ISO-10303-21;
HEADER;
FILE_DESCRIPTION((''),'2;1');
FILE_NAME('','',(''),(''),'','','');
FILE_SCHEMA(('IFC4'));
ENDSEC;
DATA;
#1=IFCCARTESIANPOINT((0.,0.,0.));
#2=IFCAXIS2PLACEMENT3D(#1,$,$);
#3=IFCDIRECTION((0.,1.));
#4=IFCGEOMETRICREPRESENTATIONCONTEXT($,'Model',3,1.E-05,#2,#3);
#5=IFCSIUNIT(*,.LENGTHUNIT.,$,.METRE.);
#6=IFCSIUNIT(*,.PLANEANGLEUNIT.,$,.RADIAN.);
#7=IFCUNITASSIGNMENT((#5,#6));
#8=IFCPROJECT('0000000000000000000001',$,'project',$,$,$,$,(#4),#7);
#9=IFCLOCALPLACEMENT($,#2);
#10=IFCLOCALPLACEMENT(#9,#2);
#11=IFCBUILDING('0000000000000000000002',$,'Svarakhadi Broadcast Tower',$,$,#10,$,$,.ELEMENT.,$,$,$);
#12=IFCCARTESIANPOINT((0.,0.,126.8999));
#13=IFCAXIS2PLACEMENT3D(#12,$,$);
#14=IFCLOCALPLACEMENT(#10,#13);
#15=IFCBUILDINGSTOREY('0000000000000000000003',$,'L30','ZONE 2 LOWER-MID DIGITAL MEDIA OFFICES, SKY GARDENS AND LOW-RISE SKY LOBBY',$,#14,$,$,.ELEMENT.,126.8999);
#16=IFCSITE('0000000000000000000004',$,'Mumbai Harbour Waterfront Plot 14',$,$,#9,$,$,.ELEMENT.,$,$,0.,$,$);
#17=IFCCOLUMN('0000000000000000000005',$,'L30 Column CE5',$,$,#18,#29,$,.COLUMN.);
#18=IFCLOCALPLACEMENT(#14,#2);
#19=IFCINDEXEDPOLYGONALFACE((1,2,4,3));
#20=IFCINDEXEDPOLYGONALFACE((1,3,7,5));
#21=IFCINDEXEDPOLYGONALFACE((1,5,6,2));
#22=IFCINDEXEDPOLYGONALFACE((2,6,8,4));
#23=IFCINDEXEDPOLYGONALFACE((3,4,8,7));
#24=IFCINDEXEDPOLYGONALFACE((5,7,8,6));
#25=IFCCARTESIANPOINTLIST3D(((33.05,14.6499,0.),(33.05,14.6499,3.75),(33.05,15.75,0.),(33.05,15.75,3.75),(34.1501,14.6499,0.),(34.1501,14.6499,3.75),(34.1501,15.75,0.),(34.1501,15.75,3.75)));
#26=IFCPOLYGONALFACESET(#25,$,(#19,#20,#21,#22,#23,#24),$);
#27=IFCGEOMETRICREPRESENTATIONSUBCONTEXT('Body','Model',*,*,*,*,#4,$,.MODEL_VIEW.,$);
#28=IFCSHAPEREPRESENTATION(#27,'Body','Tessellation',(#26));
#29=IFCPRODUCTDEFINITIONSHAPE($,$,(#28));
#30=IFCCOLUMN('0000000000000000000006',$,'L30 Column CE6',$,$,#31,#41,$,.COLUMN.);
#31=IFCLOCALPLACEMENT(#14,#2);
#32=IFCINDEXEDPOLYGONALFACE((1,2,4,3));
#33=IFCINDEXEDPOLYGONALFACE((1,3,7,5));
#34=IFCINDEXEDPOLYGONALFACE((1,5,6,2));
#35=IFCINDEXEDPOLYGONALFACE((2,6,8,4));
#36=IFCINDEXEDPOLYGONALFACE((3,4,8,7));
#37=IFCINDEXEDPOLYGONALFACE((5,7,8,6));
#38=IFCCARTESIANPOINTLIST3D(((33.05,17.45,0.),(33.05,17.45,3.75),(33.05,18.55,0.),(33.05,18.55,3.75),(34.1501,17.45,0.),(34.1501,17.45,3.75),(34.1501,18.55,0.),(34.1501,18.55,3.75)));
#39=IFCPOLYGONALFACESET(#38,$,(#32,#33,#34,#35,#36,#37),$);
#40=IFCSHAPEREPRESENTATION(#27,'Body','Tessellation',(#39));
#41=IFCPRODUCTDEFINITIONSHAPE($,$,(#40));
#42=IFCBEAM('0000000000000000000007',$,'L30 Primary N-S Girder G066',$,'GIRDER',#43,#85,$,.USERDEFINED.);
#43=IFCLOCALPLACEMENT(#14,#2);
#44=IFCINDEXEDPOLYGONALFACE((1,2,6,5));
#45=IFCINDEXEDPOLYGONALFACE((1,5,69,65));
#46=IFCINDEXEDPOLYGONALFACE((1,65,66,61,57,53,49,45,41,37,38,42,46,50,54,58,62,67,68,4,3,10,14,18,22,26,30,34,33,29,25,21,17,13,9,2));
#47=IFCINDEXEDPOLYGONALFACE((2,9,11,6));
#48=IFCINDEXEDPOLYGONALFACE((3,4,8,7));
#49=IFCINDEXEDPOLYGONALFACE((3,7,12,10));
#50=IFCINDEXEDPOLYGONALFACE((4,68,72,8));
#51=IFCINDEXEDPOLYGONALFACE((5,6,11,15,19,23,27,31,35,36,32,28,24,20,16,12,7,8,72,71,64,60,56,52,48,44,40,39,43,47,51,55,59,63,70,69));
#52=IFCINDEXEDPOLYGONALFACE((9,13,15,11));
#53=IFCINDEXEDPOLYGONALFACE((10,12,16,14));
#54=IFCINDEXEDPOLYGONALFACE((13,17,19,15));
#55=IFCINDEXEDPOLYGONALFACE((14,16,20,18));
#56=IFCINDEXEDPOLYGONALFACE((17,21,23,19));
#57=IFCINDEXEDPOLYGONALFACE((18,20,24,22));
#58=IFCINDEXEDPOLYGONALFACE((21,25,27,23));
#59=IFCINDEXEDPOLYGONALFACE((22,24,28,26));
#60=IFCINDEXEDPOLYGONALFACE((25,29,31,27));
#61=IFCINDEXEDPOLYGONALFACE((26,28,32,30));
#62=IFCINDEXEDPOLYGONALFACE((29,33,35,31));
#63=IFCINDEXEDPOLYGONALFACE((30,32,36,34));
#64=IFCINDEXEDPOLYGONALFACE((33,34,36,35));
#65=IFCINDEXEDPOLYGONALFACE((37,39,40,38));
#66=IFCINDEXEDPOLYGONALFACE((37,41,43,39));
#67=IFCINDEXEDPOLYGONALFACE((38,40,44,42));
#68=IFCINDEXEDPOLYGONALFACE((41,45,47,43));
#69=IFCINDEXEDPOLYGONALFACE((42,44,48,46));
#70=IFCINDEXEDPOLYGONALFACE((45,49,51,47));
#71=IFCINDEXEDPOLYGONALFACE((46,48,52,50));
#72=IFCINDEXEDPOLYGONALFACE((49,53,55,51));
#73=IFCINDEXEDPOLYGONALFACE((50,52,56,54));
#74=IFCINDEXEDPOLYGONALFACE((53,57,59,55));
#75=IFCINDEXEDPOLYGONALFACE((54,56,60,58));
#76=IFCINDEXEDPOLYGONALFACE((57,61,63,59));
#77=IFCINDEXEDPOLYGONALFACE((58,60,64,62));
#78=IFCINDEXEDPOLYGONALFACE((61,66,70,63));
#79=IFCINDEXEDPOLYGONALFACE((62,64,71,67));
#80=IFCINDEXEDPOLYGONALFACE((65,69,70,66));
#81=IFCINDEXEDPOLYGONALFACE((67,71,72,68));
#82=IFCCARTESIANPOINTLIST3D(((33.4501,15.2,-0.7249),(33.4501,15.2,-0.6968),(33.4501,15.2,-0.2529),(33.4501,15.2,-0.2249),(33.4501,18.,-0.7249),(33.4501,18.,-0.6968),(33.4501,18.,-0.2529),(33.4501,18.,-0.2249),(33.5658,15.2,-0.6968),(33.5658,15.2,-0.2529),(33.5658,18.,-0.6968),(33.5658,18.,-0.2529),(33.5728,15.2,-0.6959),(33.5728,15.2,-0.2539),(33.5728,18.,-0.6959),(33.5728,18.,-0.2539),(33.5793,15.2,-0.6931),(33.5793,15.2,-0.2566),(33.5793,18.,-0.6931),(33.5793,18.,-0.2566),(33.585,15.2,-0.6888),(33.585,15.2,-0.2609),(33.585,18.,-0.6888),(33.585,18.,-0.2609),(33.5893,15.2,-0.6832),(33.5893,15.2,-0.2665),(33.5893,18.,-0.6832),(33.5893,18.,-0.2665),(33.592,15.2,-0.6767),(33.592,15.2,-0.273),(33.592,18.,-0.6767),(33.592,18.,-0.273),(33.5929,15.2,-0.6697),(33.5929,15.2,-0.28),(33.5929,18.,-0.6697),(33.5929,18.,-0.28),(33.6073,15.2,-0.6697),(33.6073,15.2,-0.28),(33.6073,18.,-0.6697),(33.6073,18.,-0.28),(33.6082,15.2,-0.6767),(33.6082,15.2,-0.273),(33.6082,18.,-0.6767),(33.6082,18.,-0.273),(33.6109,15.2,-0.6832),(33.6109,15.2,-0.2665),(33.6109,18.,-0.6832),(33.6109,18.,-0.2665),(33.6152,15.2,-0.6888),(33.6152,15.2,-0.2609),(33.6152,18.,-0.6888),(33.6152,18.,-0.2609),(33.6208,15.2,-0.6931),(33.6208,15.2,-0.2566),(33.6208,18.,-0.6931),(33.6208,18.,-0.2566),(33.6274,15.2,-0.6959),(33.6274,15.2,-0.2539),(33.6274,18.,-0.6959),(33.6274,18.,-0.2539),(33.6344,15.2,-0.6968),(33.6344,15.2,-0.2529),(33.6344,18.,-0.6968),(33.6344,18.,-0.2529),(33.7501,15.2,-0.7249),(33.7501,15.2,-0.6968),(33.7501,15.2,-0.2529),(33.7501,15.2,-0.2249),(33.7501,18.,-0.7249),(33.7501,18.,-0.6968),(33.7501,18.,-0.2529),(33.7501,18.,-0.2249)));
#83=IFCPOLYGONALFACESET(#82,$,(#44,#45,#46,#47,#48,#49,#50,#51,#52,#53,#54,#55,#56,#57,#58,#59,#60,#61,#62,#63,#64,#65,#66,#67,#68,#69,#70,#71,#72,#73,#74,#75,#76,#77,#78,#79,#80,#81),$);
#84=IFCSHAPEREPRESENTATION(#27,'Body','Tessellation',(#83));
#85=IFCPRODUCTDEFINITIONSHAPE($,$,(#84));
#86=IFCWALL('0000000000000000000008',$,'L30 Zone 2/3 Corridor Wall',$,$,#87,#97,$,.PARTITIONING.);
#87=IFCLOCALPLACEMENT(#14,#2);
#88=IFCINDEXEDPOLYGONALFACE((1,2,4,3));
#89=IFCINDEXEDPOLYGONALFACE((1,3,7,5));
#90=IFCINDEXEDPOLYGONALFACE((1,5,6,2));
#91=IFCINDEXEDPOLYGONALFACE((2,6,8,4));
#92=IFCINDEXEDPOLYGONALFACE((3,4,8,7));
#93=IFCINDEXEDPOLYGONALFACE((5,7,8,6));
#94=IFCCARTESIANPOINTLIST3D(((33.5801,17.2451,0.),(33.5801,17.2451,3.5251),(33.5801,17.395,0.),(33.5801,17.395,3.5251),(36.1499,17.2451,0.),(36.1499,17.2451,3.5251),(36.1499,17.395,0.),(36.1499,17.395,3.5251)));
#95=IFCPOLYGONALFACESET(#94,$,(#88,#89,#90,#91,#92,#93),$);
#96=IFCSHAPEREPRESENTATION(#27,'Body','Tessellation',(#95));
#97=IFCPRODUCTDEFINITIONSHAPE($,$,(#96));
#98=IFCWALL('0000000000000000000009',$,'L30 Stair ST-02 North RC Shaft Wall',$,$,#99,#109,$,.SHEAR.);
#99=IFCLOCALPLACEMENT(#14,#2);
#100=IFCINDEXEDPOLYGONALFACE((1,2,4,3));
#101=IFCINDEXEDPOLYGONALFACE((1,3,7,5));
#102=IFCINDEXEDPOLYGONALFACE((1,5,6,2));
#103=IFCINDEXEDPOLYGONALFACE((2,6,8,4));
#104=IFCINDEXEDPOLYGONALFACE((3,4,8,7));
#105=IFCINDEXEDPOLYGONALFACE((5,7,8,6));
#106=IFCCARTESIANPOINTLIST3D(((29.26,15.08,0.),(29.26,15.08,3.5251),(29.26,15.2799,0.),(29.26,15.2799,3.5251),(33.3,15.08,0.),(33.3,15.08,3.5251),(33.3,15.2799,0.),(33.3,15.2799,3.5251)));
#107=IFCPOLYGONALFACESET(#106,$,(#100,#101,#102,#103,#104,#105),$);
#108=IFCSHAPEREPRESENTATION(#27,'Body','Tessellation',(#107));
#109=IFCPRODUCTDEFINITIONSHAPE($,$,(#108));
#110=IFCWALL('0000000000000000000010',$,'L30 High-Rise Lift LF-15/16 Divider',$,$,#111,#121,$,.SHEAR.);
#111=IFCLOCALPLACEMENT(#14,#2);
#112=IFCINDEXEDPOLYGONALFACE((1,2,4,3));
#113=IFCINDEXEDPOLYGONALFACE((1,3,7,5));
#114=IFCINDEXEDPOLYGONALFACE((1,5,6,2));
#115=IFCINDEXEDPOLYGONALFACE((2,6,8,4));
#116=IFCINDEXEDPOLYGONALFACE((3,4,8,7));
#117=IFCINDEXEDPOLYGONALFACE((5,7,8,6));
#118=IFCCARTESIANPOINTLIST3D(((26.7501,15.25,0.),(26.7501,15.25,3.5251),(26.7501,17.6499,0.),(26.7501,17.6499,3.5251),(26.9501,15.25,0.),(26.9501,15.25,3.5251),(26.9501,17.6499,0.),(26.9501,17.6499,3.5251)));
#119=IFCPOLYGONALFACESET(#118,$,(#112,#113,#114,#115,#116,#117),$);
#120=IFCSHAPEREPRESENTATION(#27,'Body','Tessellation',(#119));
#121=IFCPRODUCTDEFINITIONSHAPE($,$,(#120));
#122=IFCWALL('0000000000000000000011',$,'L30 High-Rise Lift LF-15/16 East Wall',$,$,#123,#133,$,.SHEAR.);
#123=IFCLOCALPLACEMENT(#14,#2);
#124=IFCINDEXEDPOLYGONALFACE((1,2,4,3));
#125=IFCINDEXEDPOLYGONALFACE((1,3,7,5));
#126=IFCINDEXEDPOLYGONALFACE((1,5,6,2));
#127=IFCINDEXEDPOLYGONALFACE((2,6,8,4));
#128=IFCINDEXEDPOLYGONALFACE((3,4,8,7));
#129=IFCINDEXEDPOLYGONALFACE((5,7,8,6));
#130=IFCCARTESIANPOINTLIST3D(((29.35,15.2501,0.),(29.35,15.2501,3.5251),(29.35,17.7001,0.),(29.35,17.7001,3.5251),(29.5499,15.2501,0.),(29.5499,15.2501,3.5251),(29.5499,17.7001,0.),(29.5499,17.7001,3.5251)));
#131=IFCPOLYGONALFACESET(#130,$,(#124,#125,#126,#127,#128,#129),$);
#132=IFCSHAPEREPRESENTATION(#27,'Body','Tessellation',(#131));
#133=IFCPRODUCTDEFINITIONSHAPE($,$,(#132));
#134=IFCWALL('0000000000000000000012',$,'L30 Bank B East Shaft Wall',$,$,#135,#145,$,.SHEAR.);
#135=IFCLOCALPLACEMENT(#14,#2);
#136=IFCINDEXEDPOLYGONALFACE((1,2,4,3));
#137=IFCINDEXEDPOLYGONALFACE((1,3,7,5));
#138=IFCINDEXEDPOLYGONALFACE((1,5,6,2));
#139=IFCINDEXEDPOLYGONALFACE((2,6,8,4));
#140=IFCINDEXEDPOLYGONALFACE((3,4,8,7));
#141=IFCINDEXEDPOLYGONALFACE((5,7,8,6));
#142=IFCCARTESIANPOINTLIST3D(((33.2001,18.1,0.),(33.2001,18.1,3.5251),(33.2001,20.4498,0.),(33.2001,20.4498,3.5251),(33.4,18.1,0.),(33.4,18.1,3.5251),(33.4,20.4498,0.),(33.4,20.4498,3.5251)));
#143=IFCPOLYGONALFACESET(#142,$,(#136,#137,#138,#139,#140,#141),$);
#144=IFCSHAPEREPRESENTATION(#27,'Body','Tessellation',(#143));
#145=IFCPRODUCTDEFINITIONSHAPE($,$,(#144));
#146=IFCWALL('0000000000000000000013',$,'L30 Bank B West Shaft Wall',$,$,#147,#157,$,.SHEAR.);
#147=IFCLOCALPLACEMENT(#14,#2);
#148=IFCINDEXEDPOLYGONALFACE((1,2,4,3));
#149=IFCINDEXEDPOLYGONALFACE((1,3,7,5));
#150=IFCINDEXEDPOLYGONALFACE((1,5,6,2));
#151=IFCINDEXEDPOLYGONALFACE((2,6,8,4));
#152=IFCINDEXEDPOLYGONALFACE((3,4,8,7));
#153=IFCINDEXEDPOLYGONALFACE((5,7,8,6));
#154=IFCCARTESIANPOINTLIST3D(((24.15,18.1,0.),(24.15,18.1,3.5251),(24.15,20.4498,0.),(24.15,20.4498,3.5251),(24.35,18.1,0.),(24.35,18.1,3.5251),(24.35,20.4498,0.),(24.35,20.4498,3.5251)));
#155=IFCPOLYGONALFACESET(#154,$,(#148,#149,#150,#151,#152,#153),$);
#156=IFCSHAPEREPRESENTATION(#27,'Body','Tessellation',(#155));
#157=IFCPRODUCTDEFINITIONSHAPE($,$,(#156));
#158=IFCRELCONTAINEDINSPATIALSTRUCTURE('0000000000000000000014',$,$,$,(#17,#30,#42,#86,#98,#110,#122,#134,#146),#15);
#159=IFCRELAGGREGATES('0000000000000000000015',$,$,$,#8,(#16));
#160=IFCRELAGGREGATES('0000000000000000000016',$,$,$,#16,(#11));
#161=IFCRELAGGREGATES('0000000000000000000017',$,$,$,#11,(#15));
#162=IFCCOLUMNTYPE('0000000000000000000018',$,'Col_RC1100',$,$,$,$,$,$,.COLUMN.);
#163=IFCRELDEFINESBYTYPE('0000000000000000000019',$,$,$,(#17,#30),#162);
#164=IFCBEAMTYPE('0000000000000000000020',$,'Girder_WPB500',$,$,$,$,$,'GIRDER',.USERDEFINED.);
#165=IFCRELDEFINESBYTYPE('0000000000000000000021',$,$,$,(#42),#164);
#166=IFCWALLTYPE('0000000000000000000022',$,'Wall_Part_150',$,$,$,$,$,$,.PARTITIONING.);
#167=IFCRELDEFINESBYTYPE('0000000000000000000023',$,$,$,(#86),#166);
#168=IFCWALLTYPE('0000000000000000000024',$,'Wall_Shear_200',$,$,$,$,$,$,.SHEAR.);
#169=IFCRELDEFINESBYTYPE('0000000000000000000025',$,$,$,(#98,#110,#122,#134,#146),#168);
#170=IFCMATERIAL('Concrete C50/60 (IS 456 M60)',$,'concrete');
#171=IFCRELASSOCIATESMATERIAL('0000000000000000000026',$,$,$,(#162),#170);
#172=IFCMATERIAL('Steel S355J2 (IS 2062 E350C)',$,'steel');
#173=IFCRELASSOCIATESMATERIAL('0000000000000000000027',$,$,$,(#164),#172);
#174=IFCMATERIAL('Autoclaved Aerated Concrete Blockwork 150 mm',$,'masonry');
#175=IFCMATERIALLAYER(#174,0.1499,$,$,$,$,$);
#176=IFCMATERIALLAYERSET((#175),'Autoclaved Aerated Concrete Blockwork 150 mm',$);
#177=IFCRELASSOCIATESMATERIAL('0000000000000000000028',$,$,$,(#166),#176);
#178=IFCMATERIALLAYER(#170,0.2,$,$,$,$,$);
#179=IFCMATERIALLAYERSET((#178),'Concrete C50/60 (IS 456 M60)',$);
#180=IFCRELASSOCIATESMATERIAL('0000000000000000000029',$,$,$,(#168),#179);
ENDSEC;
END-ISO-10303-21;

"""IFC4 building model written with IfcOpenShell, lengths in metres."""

from ifc_helpers import new_model, si_unit, direction, frame, frame_2d, origin, origin_2d, place, context, subcontext, project, spatial, rectangle, i_section, extrude, material, layer, layer_set, material_profile, profile_set, type_object, element, save


model = new_model("IFC4")

# Units and contexts
model_context = context("Model", 3, precision=1e-05, world=origin(), true_north=direction((0.0, 1.0)))
body_context = subcontext(model_context, "Body", "Model", "MODEL_VIEW")
ifc_project = project(units=[si_unit("LENGTHUNIT", "METRE"), si_unit("PLANEANGLEUNIT", "RADIAN")], contexts=[model_context])

# Site, building, storey
site_placement = place(None, origin())
site = spatial("IfcSite", under=ifc_project, at=site_placement, Name="Mumbai Harbour Waterfront Plot 14", CompositionType="ELEMENT", RefElevation=0.0)
building_placement = place(site_placement, origin())
building = spatial("IfcBuilding", under=site, at=building_placement, Name="Svarakhadi Broadcast Tower", CompositionType="ELEMENT")
storey_placement = place(building_placement, frame((0.0, 0.0, 126.8999)))
storey = spatial("IfcBuildingStorey", under=building, at=storey_placement, Name="L30", Description="ZONE 2 LOWER-MID DIGITAL MEDIA OFFICES, SKY GARDENS AND LOW-RISE SKY LOBBY", CompositionType="ELEMENT", Elevation=126.8999)

# Columns
ifc_material_1 = material(Name="Concrete C50/60 (IS 456 M60)", Category="concrete")
ifc_material_profile_1 = material_profile(ifc_material_1, rectangle(XDim=1.1001, YDim=1.1001, at=origin_2d()), Name="RC 1100x1100")
ifc_profile_set_1 = profile_set([ifc_material_profile_1], Name="Concrete C50/60 (IS 456 M60)")
column_type = type_object("IfcColumnType", Name="Col_RC1100", PredefinedType="COLUMN", material=ifc_profile_set_1)
for number, where, z_axis, x_axis, name in (
    (1, (33.6001, 15.2, 0.0), (0.0, 0.0, 1.0), (1.0, 0.0, 0.0), "L30 Column CE5"),
    (2, (33.6001, 18.0, 0.0), (0.0, 0.0, 1.0), (1.0, 0.0, 0.0), "L30 Column CE6"),
):
    element("IfcColumn", number, at=place(storey_placement, frame(where, z_axis=z_axis, x_axis=x_axis)), inside=storey, type_object=column_type, Name=name, PredefinedType="COLUMN", context=body_context, shape_type="SweptSolid", body=[
        extrude(rectangle(XDim=1.1001, YDim=1.1001, at=origin_2d()), origin(), (0.0, 0.0, 1.0), 3.75),
    ])

# Beam
ifc_material_2 = material(Name="Steel S355J2 (IS 2062 E350C)", Category="steel")
ifc_material_profile_2 = material_profile(ifc_material_2, i_section(OverallWidth=0.3, OverallDepth=0.5, WebThickness=0.0144, FlangeThickness=0.0281, FilletRadius=0.0271, at=origin_2d()), Name="WPB 500x300x187")
ifc_profile_set_2 = profile_set([ifc_material_profile_2], Name="Steel S355J2 (IS 2062 E350C)")
beam_type = type_object("IfcBeamType", Name="Girder_WPB500", ElementType="GIRDER", PredefinedType="USERDEFINED", material=ifc_profile_set_2)
beam_placement = place(storey_placement, frame((33.6001, 15.2, -0.4749), z_axis=(0.0, 1.0, 0.0), x_axis=(-1.0, 0.0, 0.0)))
element("IfcBeam", 3, at=beam_placement, inside=storey, type_object=beam_type, Name="L30 Primary N-S Girder G066", ObjectType="GIRDER", PredefinedType="USERDEFINED", context=body_context, shape_type="SweptSolid", body=[
    extrude(i_section(OverallWidth=0.3, OverallDepth=0.5, WebThickness=0.0144, FlangeThickness=0.0281, FilletRadius=0.0271, at=origin_2d()), origin(), (0.0, 0.0, 1.0), 2.8),
])

# Walls
ifc_material_3 = material(Name="Autoclaved Aerated Concrete Blockwork 150 mm", Category="masonry")
ifc_layer_1 = layer(ifc_material_3, 0.1499)
ifc_layer_set_1 = layer_set([ifc_layer_1], Name="Autoclaved Aerated Concrete Blockwork 150 mm")
wall_type_1 = type_object("IfcWallType", Name="Wall_Part_150", PredefinedType="PARTITIONING", material=ifc_layer_set_1)
wall_1_placement = place(storey_placement, frame((33.5801, 17.3201, 0.0), z_axis=(0.0, 0.0, 1.0), x_axis=(1.0, 0.0, 0.0)))
element("IfcWall", 4, at=wall_1_placement, inside=storey, type_object=wall_type_1, Name="L30 Zone 2/3 Corridor Wall", PredefinedType="PARTITIONING", context=body_context, shape_type="SweptSolid", body=[
    extrude(rectangle(XDim=2.5698, YDim=0.1499, at=frame_2d((1.2849, 0.0))), origin(), (0.0, 0.0, 1.0), 3.5251),
])
ifc_layer_2 = layer(ifc_material_1, 0.2)
ifc_layer_set_2 = layer_set([ifc_layer_2], Name="Concrete C50/60 (IS 456 M60)")
wall_type_2 = type_object("IfcWallType", Name="Wall_Shear_200", PredefinedType="SHEAR", material=ifc_layer_set_2)
wall_2_placement = place(storey_placement, frame((29.26, 15.1799, 0.0), z_axis=(0.0, 0.0, 1.0), x_axis=(1.0, 0.0, 0.0)))
element("IfcWall", 5, at=wall_2_placement, inside=storey, type_object=wall_type_2, Name="L30 Stair ST-02 North RC Shaft Wall", PredefinedType="SHEAR", context=body_context, shape_type="SweptSolid", body=[
    extrude(rectangle(XDim=4.04, YDim=0.2, at=frame_2d((2.02, 0.0))), origin(), (0.0, 0.0, 1.0), 3.5251),
])

# Walls
wall_3_placement = place(storey_placement, frame((26.8501, 15.25, 0.0), z_axis=(0.0, 0.0, 1.0), x_axis=(0.0, 1.0, 0.0)))
element("IfcWall", 6, at=wall_3_placement, inside=storey, type_object=wall_type_2, Name="L30 High-Rise Lift LF-15/16 Divider", PredefinedType="SHEAR", context=body_context, shape_type="SweptSolid", body=[
    extrude(rectangle(XDim=2.3999, YDim=0.2, at=frame_2d((1.2, 0.0))), origin(), (0.0, 0.0, 1.0), 3.5251),
])
wall_4_placement = place(storey_placement, frame((29.45, 15.25, 0.0), z_axis=(0.0, 0.0, 1.0), x_axis=(0.0, 1.0, 0.0)))
element("IfcWall", 7, at=wall_4_placement, inside=storey, type_object=wall_type_2, Name="L30 High-Rise Lift LF-15/16 East Wall", PredefinedType="SHEAR", context=body_context, shape_type="SweptSolid", body=[
    extrude(rectangle(XDim=2.45, YDim=0.2, at=frame_2d((1.2251, 0.0))), origin(), (0.0, 0.0, 1.0), 3.5251),
])
for number, where, z_axis, x_axis, name in (
    (8, (33.3, 18.1001, 0.0), (0.0, 0.0, 1.0), (0.0, 1.0, 0.0), "L30 Bank B East Shaft Wall"),
    (9, (24.25, 18.1001, 0.0), (0.0, 0.0, 1.0), (0.0, 1.0, 0.0), "L30 Bank B West Shaft Wall"),
):
    element("IfcWall", number, at=place(storey_placement, frame(where, z_axis=z_axis, x_axis=x_axis)), inside=storey, type_object=wall_type_2, Name=name, PredefinedType="SHEAR", context=body_context, shape_type="SweptSolid", body=[
        extrude(rectangle(XDim=2.3499, YDim=0.2, at=frame_2d((1.1748, 0.0))), origin(), (0.0, 0.0, 1.0), 3.5251),
    ])

save(model, "model.ifc")
